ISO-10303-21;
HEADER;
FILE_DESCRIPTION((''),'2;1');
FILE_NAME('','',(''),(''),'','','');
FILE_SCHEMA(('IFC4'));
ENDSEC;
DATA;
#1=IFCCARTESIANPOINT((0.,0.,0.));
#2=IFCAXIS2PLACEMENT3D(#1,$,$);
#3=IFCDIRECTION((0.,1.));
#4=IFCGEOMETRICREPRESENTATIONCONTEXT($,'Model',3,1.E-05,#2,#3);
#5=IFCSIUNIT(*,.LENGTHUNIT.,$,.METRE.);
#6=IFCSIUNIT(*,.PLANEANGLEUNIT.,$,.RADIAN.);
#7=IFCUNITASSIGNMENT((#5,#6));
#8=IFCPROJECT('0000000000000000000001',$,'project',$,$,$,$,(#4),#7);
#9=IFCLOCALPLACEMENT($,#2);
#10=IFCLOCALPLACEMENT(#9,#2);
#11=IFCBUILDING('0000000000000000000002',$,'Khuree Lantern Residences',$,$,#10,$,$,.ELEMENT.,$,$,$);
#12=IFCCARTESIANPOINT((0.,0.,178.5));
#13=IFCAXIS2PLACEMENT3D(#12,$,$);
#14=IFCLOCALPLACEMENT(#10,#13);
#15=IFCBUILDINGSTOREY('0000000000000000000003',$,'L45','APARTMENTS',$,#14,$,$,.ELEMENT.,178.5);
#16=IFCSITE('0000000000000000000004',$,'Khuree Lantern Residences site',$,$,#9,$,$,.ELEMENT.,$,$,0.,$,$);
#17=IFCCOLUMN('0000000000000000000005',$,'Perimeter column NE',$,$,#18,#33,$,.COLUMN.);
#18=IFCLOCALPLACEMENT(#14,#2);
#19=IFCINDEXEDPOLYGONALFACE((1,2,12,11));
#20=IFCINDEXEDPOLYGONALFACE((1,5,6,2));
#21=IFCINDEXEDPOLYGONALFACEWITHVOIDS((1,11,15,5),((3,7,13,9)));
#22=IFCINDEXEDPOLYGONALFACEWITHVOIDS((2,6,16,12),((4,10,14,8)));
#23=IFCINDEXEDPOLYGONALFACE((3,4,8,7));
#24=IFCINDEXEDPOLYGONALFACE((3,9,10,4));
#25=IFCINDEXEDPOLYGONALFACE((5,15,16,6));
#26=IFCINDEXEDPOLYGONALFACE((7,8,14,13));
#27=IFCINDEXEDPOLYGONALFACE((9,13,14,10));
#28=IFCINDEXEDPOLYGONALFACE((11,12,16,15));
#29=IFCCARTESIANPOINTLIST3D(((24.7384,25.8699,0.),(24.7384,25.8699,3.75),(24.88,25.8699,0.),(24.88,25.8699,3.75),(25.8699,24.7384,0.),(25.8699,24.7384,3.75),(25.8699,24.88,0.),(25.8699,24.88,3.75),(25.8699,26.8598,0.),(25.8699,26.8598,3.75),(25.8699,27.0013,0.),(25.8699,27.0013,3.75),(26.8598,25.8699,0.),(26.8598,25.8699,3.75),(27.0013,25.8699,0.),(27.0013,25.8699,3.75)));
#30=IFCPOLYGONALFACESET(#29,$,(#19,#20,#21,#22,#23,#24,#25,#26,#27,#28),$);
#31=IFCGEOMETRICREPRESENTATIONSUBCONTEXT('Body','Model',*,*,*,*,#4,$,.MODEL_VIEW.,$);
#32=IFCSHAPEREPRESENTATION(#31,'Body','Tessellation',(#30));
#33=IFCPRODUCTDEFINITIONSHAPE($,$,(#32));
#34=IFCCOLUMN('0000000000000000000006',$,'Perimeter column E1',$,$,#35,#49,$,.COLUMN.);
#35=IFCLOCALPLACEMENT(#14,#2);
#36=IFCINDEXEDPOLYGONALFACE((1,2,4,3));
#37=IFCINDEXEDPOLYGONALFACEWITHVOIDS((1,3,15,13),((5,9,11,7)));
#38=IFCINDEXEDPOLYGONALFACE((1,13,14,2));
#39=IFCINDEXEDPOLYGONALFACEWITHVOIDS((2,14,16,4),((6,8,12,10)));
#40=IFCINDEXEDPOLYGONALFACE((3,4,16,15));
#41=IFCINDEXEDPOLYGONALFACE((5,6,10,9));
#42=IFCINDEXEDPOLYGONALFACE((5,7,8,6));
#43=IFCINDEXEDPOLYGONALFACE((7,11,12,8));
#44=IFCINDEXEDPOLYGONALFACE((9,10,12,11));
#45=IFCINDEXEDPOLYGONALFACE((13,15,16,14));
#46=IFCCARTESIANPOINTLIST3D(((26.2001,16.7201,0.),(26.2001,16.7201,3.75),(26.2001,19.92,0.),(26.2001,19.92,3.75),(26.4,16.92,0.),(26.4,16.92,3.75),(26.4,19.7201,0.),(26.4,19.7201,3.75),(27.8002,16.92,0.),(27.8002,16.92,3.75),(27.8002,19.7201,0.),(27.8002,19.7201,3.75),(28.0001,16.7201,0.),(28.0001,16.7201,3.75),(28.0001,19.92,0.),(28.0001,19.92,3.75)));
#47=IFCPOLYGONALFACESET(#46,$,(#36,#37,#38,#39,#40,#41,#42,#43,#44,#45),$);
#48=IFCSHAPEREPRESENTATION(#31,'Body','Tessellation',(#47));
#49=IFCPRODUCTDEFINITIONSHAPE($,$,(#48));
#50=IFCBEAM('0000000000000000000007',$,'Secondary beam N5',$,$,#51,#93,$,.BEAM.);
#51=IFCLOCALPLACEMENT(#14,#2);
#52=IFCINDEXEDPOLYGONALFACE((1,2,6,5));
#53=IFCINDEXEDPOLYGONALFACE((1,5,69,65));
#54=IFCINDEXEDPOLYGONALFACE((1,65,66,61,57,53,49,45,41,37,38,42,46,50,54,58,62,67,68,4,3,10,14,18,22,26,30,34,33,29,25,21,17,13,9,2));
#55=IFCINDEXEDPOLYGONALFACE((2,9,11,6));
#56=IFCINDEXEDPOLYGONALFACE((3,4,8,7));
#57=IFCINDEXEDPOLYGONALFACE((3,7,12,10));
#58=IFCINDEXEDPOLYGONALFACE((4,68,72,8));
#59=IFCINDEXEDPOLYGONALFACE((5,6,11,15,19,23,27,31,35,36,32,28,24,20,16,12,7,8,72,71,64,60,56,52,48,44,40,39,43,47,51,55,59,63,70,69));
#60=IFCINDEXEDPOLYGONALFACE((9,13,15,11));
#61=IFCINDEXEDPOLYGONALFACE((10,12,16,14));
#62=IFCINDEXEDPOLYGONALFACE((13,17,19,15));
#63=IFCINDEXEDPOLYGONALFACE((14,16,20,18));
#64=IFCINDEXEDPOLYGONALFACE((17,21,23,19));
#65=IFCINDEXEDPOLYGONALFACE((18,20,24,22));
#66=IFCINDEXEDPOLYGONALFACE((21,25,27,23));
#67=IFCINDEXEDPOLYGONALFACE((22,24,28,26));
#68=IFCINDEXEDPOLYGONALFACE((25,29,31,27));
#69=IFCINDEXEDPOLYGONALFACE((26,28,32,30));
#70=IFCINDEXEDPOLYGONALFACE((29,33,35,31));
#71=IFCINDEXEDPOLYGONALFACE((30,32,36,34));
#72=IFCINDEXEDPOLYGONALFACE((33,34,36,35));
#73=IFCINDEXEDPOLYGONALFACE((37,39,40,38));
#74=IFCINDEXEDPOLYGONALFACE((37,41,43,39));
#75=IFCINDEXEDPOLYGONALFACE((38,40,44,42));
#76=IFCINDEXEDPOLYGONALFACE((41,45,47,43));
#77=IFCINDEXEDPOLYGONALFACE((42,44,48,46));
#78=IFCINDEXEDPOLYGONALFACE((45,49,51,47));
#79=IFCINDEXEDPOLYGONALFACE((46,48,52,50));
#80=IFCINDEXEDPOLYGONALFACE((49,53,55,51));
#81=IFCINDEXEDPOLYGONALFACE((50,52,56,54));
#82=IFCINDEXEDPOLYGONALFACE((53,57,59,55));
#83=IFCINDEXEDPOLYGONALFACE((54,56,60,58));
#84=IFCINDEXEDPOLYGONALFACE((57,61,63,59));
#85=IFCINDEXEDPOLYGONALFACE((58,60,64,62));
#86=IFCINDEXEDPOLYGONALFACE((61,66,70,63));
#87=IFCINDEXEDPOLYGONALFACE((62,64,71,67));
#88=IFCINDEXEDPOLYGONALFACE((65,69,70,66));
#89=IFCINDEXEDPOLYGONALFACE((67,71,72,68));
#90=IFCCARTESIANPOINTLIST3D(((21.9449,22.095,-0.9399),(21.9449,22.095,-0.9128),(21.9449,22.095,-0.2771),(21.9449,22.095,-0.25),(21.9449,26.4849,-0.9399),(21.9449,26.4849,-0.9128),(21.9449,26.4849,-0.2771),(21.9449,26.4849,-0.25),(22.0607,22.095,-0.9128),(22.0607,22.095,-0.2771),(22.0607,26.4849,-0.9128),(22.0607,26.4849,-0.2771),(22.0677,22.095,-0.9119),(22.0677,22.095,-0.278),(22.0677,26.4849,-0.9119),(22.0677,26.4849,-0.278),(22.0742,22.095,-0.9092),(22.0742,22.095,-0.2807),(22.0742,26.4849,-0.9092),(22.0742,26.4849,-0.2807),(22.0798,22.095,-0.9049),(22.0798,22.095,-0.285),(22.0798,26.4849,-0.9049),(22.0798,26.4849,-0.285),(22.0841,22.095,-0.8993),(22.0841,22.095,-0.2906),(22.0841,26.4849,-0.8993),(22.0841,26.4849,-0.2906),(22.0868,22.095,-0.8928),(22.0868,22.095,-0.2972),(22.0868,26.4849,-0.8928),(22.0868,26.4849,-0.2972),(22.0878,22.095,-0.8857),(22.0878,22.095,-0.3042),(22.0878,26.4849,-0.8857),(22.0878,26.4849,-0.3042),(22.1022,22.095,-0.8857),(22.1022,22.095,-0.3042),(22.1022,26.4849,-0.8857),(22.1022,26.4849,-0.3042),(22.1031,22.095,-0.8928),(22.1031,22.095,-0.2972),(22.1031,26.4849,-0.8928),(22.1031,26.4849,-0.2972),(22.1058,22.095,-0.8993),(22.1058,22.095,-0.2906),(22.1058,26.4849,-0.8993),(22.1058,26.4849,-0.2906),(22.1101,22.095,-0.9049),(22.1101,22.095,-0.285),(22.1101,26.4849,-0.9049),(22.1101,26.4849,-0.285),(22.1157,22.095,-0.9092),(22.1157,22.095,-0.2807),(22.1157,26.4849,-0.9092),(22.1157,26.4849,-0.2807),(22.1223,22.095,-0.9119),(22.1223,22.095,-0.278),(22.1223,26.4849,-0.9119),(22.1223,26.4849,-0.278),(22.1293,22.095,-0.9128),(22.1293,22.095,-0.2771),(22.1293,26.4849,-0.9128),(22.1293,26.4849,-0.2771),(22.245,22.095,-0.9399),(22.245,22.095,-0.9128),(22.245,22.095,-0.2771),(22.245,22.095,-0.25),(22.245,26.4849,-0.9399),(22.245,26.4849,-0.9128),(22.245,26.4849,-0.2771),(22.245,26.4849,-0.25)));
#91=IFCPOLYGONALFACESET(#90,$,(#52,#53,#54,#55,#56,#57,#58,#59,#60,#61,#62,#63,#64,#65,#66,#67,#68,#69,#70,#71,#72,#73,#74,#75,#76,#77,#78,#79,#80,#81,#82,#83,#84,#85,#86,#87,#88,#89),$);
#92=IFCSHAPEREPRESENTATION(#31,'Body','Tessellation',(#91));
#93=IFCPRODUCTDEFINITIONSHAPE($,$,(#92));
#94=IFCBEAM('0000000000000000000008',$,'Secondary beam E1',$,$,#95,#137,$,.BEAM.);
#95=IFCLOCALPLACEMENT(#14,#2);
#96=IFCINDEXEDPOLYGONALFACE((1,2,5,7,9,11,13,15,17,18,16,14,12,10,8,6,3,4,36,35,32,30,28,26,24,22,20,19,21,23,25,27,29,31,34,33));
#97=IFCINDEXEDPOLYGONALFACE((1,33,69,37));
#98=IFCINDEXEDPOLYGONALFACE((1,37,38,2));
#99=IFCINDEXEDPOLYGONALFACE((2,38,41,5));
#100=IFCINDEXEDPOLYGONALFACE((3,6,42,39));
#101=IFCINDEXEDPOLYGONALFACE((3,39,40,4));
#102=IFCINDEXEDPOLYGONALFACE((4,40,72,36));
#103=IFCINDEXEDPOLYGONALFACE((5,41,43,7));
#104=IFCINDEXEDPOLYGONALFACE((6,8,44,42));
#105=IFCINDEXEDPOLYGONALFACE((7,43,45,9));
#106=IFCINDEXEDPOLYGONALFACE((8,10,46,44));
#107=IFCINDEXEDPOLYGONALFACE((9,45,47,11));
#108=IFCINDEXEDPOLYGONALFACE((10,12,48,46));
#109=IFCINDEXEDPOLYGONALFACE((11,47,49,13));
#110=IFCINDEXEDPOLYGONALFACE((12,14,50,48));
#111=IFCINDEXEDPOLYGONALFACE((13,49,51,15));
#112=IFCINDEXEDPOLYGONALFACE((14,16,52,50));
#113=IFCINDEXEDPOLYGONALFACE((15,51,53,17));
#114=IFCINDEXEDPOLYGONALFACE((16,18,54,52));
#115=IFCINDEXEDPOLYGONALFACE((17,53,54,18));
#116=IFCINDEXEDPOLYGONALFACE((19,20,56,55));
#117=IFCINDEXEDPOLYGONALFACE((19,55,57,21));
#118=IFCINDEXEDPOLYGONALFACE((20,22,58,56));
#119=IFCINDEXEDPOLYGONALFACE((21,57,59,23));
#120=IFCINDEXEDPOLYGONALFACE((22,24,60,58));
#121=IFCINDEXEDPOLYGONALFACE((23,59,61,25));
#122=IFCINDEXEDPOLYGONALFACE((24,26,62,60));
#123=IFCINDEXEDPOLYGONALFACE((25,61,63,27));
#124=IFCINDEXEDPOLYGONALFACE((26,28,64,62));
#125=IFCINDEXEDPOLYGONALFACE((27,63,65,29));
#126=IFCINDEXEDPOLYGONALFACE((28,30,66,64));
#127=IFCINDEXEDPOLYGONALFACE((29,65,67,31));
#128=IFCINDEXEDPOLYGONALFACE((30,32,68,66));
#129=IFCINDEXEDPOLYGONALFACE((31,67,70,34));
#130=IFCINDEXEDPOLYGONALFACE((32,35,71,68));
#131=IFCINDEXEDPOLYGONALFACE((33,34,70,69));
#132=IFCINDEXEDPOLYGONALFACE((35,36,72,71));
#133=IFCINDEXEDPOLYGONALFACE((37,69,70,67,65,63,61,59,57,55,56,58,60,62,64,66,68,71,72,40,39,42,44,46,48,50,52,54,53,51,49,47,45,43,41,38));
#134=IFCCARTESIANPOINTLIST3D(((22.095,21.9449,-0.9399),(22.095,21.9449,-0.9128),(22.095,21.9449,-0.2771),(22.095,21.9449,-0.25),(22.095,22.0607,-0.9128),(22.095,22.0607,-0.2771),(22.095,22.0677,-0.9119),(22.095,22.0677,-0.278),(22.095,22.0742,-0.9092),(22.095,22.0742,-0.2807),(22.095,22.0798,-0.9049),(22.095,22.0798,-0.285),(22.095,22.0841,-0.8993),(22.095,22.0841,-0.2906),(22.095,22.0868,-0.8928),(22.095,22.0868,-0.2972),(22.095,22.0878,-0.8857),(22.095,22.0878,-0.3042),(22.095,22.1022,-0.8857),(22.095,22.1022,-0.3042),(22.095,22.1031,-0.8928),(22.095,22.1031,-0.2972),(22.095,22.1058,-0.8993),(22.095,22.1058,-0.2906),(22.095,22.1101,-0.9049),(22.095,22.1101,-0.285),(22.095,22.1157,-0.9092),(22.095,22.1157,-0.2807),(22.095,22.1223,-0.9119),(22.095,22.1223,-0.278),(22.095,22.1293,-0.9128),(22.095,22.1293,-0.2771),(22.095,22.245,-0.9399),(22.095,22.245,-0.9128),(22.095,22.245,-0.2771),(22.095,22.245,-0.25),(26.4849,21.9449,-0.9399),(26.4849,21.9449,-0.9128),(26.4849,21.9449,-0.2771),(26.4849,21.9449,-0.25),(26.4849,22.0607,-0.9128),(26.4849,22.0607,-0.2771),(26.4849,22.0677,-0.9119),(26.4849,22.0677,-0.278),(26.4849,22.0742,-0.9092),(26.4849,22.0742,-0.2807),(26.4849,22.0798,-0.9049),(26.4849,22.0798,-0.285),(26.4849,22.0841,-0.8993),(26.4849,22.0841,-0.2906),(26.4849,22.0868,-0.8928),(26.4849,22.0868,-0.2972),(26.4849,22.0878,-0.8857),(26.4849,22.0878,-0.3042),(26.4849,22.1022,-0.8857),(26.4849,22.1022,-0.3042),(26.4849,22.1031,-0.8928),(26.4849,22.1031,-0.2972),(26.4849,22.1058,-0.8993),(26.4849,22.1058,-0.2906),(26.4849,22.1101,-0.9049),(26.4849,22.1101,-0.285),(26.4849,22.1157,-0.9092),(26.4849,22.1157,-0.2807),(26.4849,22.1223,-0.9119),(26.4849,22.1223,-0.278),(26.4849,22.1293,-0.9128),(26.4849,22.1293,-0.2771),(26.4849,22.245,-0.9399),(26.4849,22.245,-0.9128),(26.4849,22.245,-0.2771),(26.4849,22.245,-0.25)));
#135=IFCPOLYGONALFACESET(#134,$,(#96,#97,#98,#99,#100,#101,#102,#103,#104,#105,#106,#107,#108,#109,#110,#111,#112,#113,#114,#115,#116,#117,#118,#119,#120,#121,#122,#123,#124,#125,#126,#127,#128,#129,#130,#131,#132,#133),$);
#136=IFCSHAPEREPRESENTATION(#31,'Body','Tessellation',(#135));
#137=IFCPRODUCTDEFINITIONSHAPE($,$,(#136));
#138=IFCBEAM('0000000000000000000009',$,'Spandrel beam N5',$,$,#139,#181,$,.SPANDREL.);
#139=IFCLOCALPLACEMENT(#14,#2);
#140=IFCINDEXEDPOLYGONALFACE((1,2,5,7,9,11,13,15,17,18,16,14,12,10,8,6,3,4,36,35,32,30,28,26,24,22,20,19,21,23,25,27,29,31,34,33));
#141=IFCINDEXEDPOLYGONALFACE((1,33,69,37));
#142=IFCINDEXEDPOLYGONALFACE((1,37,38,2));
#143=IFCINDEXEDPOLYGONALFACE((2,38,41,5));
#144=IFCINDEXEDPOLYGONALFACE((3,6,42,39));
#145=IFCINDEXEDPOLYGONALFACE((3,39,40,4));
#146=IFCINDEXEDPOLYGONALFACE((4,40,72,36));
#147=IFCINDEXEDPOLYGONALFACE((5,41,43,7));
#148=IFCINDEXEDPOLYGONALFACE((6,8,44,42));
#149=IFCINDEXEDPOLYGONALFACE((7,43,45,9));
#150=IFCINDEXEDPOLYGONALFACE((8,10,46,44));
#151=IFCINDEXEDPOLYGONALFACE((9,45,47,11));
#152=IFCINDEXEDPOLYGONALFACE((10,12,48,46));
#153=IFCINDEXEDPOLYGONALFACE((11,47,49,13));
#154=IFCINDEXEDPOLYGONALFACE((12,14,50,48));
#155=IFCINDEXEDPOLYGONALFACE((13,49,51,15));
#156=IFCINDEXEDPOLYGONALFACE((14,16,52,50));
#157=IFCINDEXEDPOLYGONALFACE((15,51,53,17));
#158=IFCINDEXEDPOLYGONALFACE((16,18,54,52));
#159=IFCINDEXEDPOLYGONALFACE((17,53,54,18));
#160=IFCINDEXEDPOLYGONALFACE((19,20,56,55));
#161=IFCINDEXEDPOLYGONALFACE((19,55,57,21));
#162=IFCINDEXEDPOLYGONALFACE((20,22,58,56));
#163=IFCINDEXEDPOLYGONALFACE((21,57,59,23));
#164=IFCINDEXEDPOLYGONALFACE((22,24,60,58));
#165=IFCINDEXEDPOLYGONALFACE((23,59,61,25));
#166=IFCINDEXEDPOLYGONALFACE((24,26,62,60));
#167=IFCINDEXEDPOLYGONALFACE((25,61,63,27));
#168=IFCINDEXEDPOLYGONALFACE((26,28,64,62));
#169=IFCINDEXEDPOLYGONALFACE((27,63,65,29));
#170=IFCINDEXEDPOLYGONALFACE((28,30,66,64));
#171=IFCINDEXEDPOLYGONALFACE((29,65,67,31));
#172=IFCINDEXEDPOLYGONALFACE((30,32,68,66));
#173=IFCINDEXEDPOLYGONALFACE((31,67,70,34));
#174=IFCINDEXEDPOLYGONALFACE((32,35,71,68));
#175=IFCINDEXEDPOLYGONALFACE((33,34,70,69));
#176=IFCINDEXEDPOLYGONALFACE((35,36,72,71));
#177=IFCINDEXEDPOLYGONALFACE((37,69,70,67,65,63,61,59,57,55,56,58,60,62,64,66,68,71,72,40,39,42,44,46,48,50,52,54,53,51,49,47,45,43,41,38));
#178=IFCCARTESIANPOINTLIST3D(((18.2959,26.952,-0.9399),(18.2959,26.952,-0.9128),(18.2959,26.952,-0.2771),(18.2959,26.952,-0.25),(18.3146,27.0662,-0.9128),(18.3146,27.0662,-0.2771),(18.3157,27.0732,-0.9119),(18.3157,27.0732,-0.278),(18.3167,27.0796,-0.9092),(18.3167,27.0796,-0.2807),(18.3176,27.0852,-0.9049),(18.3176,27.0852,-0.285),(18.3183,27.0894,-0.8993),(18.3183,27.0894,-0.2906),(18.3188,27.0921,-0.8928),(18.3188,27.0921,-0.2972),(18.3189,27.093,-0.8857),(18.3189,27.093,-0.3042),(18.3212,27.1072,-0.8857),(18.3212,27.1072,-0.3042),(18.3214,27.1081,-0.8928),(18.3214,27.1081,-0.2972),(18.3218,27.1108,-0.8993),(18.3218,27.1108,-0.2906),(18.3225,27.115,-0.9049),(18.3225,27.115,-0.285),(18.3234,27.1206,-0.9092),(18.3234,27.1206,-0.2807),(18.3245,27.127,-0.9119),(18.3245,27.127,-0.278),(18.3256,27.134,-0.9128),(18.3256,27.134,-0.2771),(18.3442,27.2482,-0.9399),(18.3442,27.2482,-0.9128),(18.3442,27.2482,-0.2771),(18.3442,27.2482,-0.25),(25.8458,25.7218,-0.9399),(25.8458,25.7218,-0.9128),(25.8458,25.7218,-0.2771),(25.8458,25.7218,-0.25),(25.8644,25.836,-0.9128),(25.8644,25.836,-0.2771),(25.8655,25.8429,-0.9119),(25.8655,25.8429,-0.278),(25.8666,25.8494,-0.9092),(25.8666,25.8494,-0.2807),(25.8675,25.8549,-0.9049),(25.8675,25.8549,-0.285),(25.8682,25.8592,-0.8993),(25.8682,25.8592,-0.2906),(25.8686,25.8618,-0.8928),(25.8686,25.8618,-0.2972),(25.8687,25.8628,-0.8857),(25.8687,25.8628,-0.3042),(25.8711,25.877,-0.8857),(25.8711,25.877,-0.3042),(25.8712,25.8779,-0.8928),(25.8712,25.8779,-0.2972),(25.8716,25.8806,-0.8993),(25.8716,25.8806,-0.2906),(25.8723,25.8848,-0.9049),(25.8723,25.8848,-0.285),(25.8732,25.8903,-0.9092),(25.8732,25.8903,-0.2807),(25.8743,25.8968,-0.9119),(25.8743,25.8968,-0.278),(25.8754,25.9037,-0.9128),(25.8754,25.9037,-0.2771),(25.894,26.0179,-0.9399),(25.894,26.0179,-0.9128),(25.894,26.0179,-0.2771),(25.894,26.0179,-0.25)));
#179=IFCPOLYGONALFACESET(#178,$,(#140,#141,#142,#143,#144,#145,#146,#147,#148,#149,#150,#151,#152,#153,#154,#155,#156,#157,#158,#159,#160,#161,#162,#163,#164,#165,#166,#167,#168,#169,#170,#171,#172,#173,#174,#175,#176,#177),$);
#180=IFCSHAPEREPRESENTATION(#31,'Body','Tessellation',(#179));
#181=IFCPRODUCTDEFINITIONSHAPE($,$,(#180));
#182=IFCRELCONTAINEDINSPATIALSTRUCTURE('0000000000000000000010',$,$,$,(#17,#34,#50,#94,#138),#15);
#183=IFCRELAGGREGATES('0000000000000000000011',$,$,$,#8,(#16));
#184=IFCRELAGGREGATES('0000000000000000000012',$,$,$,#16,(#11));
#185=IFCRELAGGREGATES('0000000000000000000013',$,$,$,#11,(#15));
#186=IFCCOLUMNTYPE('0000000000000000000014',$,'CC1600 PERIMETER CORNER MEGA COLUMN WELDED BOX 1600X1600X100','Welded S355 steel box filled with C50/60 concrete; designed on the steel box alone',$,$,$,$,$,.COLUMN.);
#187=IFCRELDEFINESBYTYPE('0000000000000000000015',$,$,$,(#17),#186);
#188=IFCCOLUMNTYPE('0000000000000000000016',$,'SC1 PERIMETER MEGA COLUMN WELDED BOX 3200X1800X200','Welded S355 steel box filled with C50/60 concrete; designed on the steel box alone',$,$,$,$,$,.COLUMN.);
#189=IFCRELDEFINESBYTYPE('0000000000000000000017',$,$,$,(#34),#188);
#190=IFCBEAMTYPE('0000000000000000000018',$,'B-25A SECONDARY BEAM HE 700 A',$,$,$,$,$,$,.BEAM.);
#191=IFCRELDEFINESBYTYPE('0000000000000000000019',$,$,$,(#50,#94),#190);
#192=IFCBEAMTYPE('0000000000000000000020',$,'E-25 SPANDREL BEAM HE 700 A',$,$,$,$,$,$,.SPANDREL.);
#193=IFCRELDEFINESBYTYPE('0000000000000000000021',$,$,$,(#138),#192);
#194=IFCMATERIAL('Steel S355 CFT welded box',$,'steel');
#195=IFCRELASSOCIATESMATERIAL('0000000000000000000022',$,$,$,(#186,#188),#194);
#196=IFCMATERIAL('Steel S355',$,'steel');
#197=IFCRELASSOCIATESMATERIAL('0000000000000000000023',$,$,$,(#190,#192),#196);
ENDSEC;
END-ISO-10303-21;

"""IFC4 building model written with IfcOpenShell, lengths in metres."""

from ifc_helpers import new_model, si_unit, direction, frame, origin, origin_2d, place, context, subcontext, project, spatial, hollow_rectangle, i_section, extrude, material, material_profile, profile_set, type_object, element, save


model = new_model("IFC4")

# Units and contexts
model_context = context("Model", 3, precision=1e-05, world=origin(), true_north=direction((0.0, 1.0)))
body_context = subcontext(model_context, "Body", "Model", "MODEL_VIEW")
ifc_project = project(units=[si_unit("LENGTHUNIT", "METRE"), si_unit("PLANEANGLEUNIT", "RADIAN")], contexts=[model_context])

# Site, building, storey
site_placement = place(None, origin())
site = spatial("IfcSite", under=ifc_project, at=site_placement, Name="Khuree Lantern Residences site", CompositionType="ELEMENT", RefElevation=0.0)
building_placement = place(site_placement, origin())
building = spatial("IfcBuilding", under=site, at=building_placement, Name="Khuree Lantern Residences", CompositionType="ELEMENT")
storey_placement = place(building_placement, frame((0.0, 0.0, 178.5)))
storey = spatial("IfcBuildingStorey", under=building, at=storey_placement, Name="L45", Description="APARTMENTS", CompositionType="ELEMENT", Elevation=178.5)

# Columns
ifc_material_1 = material(Name="Steel S355 CFT welded box", Category="steel")
ifc_material_profile_1 = material_profile(ifc_material_1, hollow_rectangle(XDim=1.6001, YDim=1.6001, WallThickness=0.1001, at=origin_2d()), Name="WELDED BOX 1600X1600X100")
ifc_profile_set_1 = profile_set([ifc_material_profile_1], Name="Steel S355 CFT welded box")
column_type_1 = type_object("IfcColumnType", Name="CC1600 PERIMETER CORNER MEGA COLUMN WELDED BOX 1600X1600X100", Description="Welded S355 steel box filled with C50/60 concrete; designed on the steel box alone", PredefinedType="COLUMN", material=ifc_profile_set_1)
column_1_placement = place(storey_placement, frame((25.8699, 25.8699, 0.0), z_axis=(0.0, 0.0, 1.0), x_axis=(0.707107, -0.707107, 0.0)))
element("IfcColumn", 1, at=column_1_placement, inside=storey, type_object=column_type_1, Name="Perimeter column NE", PredefinedType="COLUMN", context=body_context, shape_type="SweptSolid", body=[
    extrude(hollow_rectangle(XDim=1.6001, YDim=1.6001, WallThickness=0.1001, at=origin_2d()), origin(), (0.0, 0.0, 1.0), 3.75),
])
ifc_material_profile_2 = material_profile(ifc_material_1, hollow_rectangle(XDim=3.2, YDim=1.8, WallThickness=0.2, at=origin_2d()), Name="WELDED BOX 3200X1800X200")
ifc_profile_set_2 = profile_set([ifc_material_profile_2], Name="Steel S355 CFT welded box")
column_type_2 = type_object("IfcColumnType", Name="SC1 PERIMETER MEGA COLUMN WELDED BOX 3200X1800X200", Description="Welded S355 steel box filled with C50/60 concrete; designed on the steel box alone", PredefinedType="COLUMN", material=ifc_profile_set_2)
column_2_placement = place(storey_placement, frame((27.1001, 18.3201, 0.0), z_axis=(0.0, 0.0, 1.0), x_axis=(0.0, 1.0, 0.0)))
element("IfcColumn", 2, at=column_2_placement, inside=storey, type_object=column_type_2, Name="Perimeter column E1", PredefinedType="COLUMN", context=body_context, shape_type="SweptSolid", body=[
    extrude(hollow_rectangle(XDim=3.2, YDim=1.8, WallThickness=0.2, at=origin_2d()), origin(), (0.0, 0.0, 1.0), 3.75),
])

# Beams
ifc_material_2 = material(Name="Steel S355", Category="steel")
ifc_material_profile_3 = material_profile(ifc_material_2, i_section(OverallWidth=0.3, OverallDepth=0.6899, WebThickness=0.0144, FlangeThickness=0.0271, FilletRadius=0.0271, at=origin_2d()), Name="HE 700 A")
ifc_profile_set_3 = profile_set([ifc_material_profile_3], Name="Steel S355")
beam_type_1 = type_object("IfcBeamType", Name="B-25A SECONDARY BEAM HE 700 A", PredefinedType="BEAM", material=ifc_profile_set_3)
for number, where, z_axis, x_axis, name in (
    (3, (22.095, 26.4849, -0.595), (0.0, -1.0, 0.0), (1.0, 0.0, 0.0), "Secondary beam N5"),
    (4, (26.4849, 22.095, -0.595), (-1.0, 0.0, 0.0), (0.0, -1.0, 0.0), "Secondary beam E1"),
):
    element("IfcBeam", number, at=place(storey_placement, frame(where, z_axis=z_axis, x_axis=x_axis)), inside=storey, type_object=beam_type_1, Name=name, PredefinedType="BEAM", context=body_context, shape_type="SweptSolid", body=[
        extrude(i_section(OverallWidth=0.3, OverallDepth=0.6899, WebThickness=0.0144, FlangeThickness=0.0271, FilletRadius=0.0271, at=origin_2d()), origin(), (0.0, 0.0, 1.0), 4.3899),
    ])
ifc_material_profile_4 = material_profile(ifc_material_2, i_section(OverallWidth=0.3, OverallDepth=0.6899, WebThickness=0.0144, FlangeThickness=0.0271, FilletRadius=0.0271, at=origin_2d()), Name="HE 700 A")
ifc_profile_set_4 = profile_set([ifc_material_profile_4], Name="Steel S355")
beam_type_2 = type_object("IfcBeamType", Name="E-25 SPANDREL BEAM HE 700 A", PredefinedType="SPANDREL", material=ifc_profile_set_4)
for number, where, z_axis, x_axis, name in (
    (5, (18.3201, 27.1001, -0.595), (0.986983, -0.160827, 0.0), (0.160827, 0.986983, 0.0), "Spandrel beam N5"),
):
    element("IfcBeam", number, at=place(storey_placement, frame(where, z_axis=z_axis, x_axis=x_axis)), inside=storey, type_object=beam_type_2, Name=name, PredefinedType="SPANDREL", context=body_context, shape_type="SweptSolid", body=[
        extrude(i_section(OverallWidth=0.3, OverallDepth=0.6899, WebThickness=0.0144, FlangeThickness=0.0271, FilletRadius=0.0271, at=origin_2d()), origin(), (0.0, 0.0, 1.0), 7.6494),
    ])

save(model, "model.ifc")
